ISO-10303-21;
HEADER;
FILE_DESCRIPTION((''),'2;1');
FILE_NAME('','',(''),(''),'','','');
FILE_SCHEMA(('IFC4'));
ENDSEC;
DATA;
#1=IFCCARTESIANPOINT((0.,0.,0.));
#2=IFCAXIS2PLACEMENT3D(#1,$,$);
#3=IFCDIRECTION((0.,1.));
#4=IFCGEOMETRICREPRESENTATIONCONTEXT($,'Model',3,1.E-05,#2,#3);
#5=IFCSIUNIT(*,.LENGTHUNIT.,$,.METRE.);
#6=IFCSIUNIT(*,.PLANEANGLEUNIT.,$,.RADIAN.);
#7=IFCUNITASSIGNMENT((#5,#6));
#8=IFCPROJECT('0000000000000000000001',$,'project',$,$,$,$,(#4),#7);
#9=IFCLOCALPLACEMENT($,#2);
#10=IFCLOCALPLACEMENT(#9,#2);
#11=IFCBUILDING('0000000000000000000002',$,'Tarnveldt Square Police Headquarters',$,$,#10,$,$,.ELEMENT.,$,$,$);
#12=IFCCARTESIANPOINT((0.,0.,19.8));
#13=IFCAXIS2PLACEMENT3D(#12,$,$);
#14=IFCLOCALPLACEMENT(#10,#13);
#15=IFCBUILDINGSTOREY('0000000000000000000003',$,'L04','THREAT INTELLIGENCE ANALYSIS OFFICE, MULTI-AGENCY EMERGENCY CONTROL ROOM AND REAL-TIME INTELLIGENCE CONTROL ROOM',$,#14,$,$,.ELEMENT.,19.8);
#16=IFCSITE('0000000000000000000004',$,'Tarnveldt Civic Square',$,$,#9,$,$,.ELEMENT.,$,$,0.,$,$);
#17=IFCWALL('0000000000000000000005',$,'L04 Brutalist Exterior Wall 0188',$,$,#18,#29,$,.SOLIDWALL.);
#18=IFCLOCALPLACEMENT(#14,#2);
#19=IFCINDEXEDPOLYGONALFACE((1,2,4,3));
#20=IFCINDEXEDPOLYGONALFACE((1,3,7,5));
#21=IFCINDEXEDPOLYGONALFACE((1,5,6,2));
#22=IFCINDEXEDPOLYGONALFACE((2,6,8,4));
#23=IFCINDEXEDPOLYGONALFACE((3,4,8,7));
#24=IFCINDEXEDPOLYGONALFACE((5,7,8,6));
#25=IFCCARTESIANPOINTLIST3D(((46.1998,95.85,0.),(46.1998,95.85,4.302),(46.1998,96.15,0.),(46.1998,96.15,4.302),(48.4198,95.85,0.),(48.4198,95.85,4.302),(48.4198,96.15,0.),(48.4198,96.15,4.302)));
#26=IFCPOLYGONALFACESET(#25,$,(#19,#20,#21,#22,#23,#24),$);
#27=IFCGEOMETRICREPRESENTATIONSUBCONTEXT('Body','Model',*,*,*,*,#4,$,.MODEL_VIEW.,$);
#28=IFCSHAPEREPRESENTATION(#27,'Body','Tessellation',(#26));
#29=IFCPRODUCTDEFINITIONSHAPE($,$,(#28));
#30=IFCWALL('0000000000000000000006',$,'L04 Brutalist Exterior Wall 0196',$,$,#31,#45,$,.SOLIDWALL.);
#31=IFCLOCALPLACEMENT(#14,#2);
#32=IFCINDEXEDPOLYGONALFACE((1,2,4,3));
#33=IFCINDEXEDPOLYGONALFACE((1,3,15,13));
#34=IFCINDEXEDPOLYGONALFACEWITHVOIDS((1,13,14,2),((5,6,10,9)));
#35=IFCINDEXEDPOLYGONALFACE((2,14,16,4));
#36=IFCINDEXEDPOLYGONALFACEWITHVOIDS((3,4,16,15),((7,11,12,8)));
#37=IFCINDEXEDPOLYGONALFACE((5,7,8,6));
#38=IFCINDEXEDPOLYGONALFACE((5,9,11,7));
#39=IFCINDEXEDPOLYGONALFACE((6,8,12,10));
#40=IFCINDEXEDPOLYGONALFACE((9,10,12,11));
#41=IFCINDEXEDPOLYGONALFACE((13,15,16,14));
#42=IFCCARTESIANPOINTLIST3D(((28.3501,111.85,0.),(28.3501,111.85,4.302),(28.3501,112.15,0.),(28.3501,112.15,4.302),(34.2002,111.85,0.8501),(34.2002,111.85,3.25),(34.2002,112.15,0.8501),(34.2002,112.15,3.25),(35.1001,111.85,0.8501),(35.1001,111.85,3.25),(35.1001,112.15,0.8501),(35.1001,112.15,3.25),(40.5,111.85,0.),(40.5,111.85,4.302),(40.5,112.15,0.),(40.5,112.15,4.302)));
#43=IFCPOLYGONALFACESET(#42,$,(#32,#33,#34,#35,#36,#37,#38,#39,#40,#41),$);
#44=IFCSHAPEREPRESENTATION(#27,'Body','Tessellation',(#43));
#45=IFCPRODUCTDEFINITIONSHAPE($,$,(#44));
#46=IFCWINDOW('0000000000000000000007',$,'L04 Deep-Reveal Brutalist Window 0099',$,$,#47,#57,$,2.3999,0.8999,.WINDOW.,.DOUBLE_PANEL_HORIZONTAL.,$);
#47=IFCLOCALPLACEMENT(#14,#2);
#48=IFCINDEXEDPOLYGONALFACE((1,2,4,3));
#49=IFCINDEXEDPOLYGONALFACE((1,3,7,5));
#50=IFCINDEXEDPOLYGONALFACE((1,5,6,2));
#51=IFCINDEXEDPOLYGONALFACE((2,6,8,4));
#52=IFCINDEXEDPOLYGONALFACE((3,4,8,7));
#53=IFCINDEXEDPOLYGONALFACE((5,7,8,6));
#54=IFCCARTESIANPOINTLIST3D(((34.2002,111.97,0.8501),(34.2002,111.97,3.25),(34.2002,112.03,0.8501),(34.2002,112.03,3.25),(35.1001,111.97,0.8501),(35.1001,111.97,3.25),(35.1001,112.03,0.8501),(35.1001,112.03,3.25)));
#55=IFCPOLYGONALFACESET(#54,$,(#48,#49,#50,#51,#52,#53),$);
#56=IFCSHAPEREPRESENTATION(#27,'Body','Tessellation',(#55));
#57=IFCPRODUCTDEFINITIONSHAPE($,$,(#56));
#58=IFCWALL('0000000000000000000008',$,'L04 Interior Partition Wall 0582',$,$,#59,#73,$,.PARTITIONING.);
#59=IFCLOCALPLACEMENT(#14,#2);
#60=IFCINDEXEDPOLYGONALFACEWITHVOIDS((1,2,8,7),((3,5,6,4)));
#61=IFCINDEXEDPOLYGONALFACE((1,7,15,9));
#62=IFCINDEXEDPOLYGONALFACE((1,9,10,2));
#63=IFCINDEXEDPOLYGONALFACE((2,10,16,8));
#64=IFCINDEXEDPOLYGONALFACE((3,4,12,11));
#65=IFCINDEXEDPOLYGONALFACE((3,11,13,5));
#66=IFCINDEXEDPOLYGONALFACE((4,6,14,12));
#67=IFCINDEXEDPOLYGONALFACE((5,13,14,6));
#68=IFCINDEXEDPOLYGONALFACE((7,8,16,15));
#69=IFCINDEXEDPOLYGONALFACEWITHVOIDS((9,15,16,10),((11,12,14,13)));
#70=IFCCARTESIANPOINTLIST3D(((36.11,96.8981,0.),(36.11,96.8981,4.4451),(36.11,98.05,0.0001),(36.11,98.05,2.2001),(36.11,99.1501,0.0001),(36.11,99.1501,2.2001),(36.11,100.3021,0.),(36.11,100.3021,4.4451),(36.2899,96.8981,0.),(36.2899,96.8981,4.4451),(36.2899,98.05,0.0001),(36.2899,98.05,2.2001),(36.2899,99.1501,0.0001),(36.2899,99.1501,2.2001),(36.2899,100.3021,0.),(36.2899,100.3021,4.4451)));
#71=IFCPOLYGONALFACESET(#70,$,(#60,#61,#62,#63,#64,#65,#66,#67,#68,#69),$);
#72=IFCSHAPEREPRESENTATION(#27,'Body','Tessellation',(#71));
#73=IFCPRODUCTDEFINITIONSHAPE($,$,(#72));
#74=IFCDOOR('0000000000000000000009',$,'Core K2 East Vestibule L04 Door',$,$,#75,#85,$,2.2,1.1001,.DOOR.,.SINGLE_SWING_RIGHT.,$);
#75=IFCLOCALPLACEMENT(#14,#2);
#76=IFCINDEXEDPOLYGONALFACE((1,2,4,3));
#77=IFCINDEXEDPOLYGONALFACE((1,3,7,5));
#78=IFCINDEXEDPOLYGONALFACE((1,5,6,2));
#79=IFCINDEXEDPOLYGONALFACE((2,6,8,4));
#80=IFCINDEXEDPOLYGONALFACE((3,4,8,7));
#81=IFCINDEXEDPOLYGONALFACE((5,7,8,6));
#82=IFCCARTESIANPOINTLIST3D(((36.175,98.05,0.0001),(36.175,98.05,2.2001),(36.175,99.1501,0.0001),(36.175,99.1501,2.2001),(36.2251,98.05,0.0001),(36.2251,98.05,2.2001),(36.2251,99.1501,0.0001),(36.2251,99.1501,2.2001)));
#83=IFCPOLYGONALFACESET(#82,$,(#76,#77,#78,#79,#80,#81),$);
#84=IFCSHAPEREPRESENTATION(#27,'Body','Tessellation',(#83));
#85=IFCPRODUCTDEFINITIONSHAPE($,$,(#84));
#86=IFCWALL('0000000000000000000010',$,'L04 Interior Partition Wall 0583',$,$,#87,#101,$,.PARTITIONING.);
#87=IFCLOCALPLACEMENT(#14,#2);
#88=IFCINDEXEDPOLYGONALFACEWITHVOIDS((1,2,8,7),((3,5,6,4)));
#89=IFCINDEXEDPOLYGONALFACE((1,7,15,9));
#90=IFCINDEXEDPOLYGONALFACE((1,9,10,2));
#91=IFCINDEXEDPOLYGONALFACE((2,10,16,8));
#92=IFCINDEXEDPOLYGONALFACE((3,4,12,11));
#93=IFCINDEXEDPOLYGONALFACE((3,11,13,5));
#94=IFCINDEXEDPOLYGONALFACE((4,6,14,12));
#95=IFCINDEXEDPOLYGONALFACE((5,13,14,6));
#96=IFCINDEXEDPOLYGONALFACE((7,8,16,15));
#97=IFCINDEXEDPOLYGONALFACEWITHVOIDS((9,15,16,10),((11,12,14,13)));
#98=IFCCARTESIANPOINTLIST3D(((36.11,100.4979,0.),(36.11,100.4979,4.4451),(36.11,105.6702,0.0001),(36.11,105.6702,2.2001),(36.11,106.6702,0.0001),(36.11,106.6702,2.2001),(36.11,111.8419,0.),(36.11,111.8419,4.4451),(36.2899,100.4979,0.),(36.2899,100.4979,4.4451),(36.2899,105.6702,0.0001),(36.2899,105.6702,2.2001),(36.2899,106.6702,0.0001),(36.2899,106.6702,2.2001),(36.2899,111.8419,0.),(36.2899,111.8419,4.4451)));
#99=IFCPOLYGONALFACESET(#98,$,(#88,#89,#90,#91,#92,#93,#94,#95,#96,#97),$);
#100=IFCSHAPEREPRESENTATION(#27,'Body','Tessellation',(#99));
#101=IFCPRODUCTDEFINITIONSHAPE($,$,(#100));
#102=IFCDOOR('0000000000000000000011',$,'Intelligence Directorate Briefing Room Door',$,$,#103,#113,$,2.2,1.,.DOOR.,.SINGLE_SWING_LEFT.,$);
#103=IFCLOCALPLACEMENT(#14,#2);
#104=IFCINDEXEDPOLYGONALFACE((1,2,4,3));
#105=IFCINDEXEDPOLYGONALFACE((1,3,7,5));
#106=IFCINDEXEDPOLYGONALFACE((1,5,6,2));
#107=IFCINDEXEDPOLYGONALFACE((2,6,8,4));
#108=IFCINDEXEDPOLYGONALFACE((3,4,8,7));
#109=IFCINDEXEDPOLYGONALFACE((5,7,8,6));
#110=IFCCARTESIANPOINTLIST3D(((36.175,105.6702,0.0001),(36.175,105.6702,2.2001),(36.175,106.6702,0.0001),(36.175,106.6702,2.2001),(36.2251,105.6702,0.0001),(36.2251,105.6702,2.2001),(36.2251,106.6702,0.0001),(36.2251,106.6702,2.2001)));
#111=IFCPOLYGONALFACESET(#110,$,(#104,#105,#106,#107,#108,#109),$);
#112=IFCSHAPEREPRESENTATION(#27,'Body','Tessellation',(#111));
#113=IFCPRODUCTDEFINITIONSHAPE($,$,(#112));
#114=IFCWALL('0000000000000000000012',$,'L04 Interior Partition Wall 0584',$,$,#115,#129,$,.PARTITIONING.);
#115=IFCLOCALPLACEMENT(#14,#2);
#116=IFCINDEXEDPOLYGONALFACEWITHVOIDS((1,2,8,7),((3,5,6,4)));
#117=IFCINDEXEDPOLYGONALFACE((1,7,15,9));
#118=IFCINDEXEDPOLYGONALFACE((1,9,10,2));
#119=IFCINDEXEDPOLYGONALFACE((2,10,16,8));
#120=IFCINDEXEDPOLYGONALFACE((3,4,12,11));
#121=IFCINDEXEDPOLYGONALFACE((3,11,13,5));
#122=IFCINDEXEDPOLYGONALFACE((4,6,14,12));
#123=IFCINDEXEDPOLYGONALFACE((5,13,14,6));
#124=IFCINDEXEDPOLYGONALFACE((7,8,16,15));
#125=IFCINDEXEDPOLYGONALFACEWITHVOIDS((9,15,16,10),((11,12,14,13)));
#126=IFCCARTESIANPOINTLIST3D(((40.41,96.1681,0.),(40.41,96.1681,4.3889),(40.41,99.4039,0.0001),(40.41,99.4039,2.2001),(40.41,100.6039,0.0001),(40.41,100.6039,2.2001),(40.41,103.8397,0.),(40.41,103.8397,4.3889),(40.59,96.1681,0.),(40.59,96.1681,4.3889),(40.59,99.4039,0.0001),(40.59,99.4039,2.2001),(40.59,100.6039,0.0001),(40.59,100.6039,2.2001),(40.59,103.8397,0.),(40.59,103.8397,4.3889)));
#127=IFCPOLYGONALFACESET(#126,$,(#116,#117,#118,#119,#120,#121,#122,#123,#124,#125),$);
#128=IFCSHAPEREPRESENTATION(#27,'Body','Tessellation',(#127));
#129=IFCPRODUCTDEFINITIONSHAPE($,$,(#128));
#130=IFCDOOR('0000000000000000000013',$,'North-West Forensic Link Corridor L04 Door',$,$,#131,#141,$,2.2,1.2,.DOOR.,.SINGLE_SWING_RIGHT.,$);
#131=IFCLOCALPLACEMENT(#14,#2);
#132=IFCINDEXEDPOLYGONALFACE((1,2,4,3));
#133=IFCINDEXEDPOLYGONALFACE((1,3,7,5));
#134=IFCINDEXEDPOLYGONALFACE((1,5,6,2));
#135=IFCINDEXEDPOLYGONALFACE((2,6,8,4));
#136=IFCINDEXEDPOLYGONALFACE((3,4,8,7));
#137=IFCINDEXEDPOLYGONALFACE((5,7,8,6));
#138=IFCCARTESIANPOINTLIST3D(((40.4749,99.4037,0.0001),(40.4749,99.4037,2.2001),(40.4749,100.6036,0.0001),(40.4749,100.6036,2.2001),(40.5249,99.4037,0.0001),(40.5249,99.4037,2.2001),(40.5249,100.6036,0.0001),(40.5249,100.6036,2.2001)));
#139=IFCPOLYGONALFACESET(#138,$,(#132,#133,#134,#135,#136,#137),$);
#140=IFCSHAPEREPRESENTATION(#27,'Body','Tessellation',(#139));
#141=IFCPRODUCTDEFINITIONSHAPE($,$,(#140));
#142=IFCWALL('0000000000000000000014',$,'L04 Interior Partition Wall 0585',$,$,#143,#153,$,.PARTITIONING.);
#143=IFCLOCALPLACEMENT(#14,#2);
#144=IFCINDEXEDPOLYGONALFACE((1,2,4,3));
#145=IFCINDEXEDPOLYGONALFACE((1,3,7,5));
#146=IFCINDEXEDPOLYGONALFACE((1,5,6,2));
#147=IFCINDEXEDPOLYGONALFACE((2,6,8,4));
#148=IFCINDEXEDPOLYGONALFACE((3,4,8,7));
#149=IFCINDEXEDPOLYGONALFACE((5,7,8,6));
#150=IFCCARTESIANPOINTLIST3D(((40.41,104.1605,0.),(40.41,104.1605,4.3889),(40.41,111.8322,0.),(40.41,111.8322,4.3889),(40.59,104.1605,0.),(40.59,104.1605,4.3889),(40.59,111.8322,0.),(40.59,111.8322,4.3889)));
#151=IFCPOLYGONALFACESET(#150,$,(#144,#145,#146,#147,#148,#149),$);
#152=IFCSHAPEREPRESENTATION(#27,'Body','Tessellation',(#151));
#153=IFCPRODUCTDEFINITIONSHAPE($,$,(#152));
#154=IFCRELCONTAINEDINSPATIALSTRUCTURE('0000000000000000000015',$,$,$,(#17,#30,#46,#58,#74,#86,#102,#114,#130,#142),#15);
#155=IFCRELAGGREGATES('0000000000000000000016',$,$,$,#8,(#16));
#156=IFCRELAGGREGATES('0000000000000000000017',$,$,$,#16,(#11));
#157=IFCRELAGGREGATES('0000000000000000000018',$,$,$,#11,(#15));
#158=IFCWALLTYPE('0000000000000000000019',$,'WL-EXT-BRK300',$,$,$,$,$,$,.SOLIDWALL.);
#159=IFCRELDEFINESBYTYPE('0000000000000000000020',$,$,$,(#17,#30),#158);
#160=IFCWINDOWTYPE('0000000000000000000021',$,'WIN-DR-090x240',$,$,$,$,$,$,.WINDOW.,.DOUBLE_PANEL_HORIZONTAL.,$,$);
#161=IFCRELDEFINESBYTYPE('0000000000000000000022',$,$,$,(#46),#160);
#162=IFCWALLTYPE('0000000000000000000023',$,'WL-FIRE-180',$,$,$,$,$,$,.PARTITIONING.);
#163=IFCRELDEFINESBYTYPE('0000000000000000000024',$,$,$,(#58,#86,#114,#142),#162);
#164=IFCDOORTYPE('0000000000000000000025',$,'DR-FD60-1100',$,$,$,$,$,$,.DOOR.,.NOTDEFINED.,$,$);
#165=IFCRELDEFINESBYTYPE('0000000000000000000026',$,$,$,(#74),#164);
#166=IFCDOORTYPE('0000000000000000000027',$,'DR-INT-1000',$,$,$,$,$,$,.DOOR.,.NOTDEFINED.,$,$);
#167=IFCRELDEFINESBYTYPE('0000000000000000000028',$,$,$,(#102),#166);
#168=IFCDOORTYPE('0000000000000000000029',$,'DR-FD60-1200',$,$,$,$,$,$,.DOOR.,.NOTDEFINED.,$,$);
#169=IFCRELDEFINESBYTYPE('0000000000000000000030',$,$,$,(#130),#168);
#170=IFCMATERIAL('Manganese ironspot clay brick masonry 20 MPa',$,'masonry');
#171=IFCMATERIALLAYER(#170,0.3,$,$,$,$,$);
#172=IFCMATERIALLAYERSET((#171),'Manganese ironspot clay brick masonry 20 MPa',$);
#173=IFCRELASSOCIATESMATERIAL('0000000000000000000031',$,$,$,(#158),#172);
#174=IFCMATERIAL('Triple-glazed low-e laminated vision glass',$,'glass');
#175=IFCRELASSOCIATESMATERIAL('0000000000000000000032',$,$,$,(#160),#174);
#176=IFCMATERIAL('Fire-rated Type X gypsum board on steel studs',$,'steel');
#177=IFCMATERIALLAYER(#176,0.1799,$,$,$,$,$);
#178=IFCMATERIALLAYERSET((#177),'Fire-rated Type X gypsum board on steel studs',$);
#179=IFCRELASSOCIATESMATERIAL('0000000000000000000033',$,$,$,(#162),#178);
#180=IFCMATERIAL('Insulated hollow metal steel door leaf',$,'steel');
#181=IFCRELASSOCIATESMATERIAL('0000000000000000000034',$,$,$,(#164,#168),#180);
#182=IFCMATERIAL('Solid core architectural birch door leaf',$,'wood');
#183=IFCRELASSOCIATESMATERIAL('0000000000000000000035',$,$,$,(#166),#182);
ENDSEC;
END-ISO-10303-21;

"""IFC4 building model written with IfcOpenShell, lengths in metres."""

from ifc_helpers import new_model, si_unit, direction, frame, frame_2d, origin, place, context, subcontext, project, spatial, rectangle, extrude, material, layer, layer_set, type_object, element, fill, save


model = new_model("IFC4")

# Units and contexts
model_context = context("Model", 3, precision=1e-05, world=origin(), true_north=direction((0.0, 1.0)))
body_context = subcontext(model_context, "Body", "Model", "MODEL_VIEW")
ifc_project = project(units=[si_unit("LENGTHUNIT", "METRE"), si_unit("PLANEANGLEUNIT", "RADIAN")], contexts=[model_context])

# Site, building, storey
site_placement = place(None, origin())
site = spatial("IfcSite", under=ifc_project, at=site_placement, Name="Tarnveldt Civic Square", CompositionType="ELEMENT", RefElevation=0.0)
building_placement = place(site_placement, origin())
building = spatial("IfcBuilding", under=site, at=building_placement, Name="Tarnveldt Square Police Headquarters", CompositionType="ELEMENT")
storey_placement = place(building_placement, frame((0.0, 0.0, 19.8)))
storey = spatial("IfcBuildingStorey", under=building, at=storey_placement, Name="L04", Description="THREAT INTELLIGENCE ANALYSIS OFFICE, MULTI-AGENCY EMERGENCY CONTROL ROOM AND REAL-TIME INTELLIGENCE CONTROL ROOM", CompositionType="ELEMENT", Elevation=19.8)

# Shared definitions
ifc_material_1 = material(Name="Triple-glazed low-e laminated vision glass", Category="glass")

# Wall
ifc_material_2 = material(Name="Manganese ironspot clay brick masonry 20 MPa", Category="masonry")
ifc_layer_1 = layer(ifc_material_2, 0.3)
ifc_layer_set_1 = layer_set([ifc_layer_1], Name="Manganese ironspot clay brick masonry 20 MPa")
wall_type_1 = type_object("IfcWallType", Name="WL-EXT-BRK300", PredefinedType="SOLIDWALL", material=ifc_layer_set_1)
wall_1_placement = place(storey_placement, frame((46.2, 96.0, 0.0), z_axis=(0.0, 0.0, 1.0), x_axis=(1.0, 0.0, 0.0)))
element("IfcWall", 1, at=wall_1_placement, inside=storey, type_object=wall_type_1, Name="L04 Brutalist Exterior Wall 0188", PredefinedType="SOLIDWALL", context=body_context, shape_type="SweptSolid", body=[
    extrude(rectangle(XDim=2.22, YDim=0.3, at=frame_2d((1.1099, 0.0))), origin(), (0.0, 0.0, 1.0), 4.302),
])

# Wall, opening, window
wall_2_placement = place(storey_placement, frame((40.5, 112.0, 0.0), z_axis=(0.0, 0.0, 1.0), x_axis=(-1.0, 0.0, 0.0)))
wall_2 = element("IfcWall", 2, at=wall_2_placement, inside=storey, type_object=wall_type_1, Name="L04 Brutalist Exterior Wall 0196", PredefinedType="SOLIDWALL", context=body_context, shape_type="SweptSolid", body=[
    extrude(rectangle(XDim=12.1499, YDim=0.3, at=frame_2d((6.075, 0.0))), origin(), (0.0, 0.0, 1.0), 4.302),
])
opening_1_placement = place(wall_2_placement, frame((5.3999, 0.0, 0.8501)))
opening_1 = element("IfcOpeningElement", 3, at=opening_1_placement, cuts=wall_2, PredefinedType="OPENING", context=body_context, shape_type="SweptSolid", body=[
    extrude(rectangle(XDim=0.8999, YDim=2.3999, at=frame_2d((0.45, 1.2))), frame((0.0, 0.1599, 0.0), z_axis=(0.0, -1.0, 0.0), x_axis=(1.0, 0.0, 0.0)), (0.0, 0.0, 1.0), 0.3201),
])
window_type_1 = type_object("IfcWindowType", Name="WIN-DR-090x240", PartitioningType="DOUBLE_PANEL_HORIZONTAL", PredefinedType="WINDOW", material=ifc_material_1)
window_1_placement = place(opening_1_placement, origin())
window_1 = element("IfcWindow", 4, at=window_1_placement, inside=storey, type_object=window_type_1, Name="L04 Deep-Reveal Brutalist Window 0099", OverallHeight=2.3999, OverallWidth=0.8999, PartitioningType="DOUBLE_PANEL_HORIZONTAL", PredefinedType="WINDOW", context=body_context, shape_type="SweptSolid", body=[
    extrude(rectangle(XDim=0.8999, YDim=2.3999, at=frame_2d((0.45, 1.2))), frame((0.0, 0.03, 0.0), z_axis=(0.0, -1.0, 0.0), x_axis=(1.0, 0.0, 0.0)), (0.0, 0.0, 1.0), 0.0601),
])
fill(opening_1, window_1)

# Walls, openings, doors
ifc_material_3 = material(Name="Fire-rated Type X gypsum board on steel studs", Category="steel")
ifc_layer_2 = layer(ifc_material_3, 0.1799)
ifc_layer_set_2 = layer_set([ifc_layer_2], Name="Fire-rated Type X gypsum board on steel studs")
wall_type_2 = type_object("IfcWallType", Name="WL-FIRE-180", PredefinedType="PARTITIONING", material=ifc_layer_set_2)
wall_3_placement = place(storey_placement, frame((36.2, 96.8979, 0.0), z_axis=(0.0, 0.0, 1.0), x_axis=(0.0, 1.0, 0.0)))
wall_3 = element("IfcWall", 5, at=wall_3_placement, inside=storey, type_object=wall_type_2, Name="L04 Interior Partition Wall 0582", PredefinedType="PARTITIONING", context=body_context, shape_type="SweptSolid", body=[
    extrude(rectangle(XDim=3.4041, YDim=0.1799, at=frame_2d((1.7021, 0.0))), origin(), (0.0, 0.0, 1.0), 4.4451),
])
opening_2_placement = place(wall_3_placement, frame((1.1521, 0.0, 0.0)))
opening_2 = element("IfcOpeningElement", 6, at=opening_2_placement, cuts=wall_3, PredefinedType="OPENING", context=body_context, shape_type="SweptSolid", body=[
    extrude(rectangle(XDim=1.1001, YDim=2.2, at=frame_2d((0.55, 1.1001))), frame((0.0, 0.0999, 0.0), z_axis=(0.0, -1.0, 0.0), x_axis=(1.0, 0.0, 0.0)), (0.0, 0.0, 1.0), 0.2),
])
ifc_material_4 = material(Name="Insulated hollow metal steel door leaf", Category="steel")
door_type_1 = type_object("IfcDoorType", Name="DR-FD60-1100", OperationType="NOTDEFINED", PredefinedType="DOOR", material=ifc_material_4)
door_1_placement = place(opening_2_placement, origin())
door_1 = element("IfcDoor", 7, at=door_1_placement, inside=storey, type_object=door_type_1, Name="Core K2 East Vestibule L04 Door", OperationType="SINGLE_SWING_RIGHT", OverallHeight=2.2, OverallWidth=1.1001, PredefinedType="DOOR", context=body_context, shape_type="SweptSolid", body=[
    extrude(rectangle(XDim=1.1001, YDim=2.2, at=frame_2d((0.55, 1.1001))), frame((0.0, 0.0249, 0.0), z_axis=(0.0, -1.0, 0.0), x_axis=(1.0, 0.0, 0.0)), (0.0, 0.0, 1.0), 0.05),
])
fill(opening_2, door_1)
wall_4_placement = place(storey_placement, frame((36.2, 100.498, 0.0), z_axis=(0.0, 0.0, 1.0), x_axis=(0.0, 1.0, 0.0)))
wall_4 = element("IfcWall", 8, at=wall_4_placement, inside=storey, type_object=wall_type_2, Name="L04 Interior Partition Wall 0583", PredefinedType="PARTITIONING", context=body_context, shape_type="SweptSolid", body=[
    extrude(rectangle(XDim=11.344, YDim=0.1799, at=frame_2d((5.6719, 0.0))), origin(), (0.0, 0.0, 1.0), 4.4451),
])
opening_3_placement = place(wall_4_placement, frame((5.1721, 0.0, 0.0)))
opening_3 = element("IfcOpeningElement", 9, at=opening_3_placement, cuts=wall_4, PredefinedType="OPENING", context=body_context, shape_type="SweptSolid", body=[
    extrude(rectangle(XDim=1.0, YDim=2.2, at=frame_2d((0.5, 1.1001))), frame((0.0, 0.0999, 0.0), z_axis=(0.0, -1.0, 0.0), x_axis=(1.0, 0.0, 0.0)), (0.0, 0.0, 1.0), 0.2),
])
ifc_material_5 = material(Name="Solid core architectural birch door leaf", Category="wood")
door_type_2 = type_object("IfcDoorType", Name="DR-INT-1000", OperationType="NOTDEFINED", PredefinedType="DOOR", material=ifc_material_5)
door_2_placement = place(opening_3_placement, origin())
door_2 = element("IfcDoor", 10, at=door_2_placement, inside=storey, type_object=door_type_2, Name="Intelligence Directorate Briefing Room Door", OperationType="SINGLE_SWING_LEFT", OverallHeight=2.2, OverallWidth=1.0, PredefinedType="DOOR", context=body_context, shape_type="SweptSolid", body=[
    extrude(rectangle(XDim=1.0, YDim=2.2, at=frame_2d((0.5, 1.1001))), frame((0.0, 0.0249, 0.0), z_axis=(0.0, -1.0, 0.0), x_axis=(1.0, 0.0, 0.0)), (0.0, 0.0, 1.0), 0.05),
])
fill(opening_3, door_2)
wall_5_placement = place(storey_placement, frame((40.5, 96.168, 0.0), z_axis=(0.0, 0.0, 1.0), x_axis=(0.0, 1.0, 0.0)))
wall_5 = element("IfcWall", 11, at=wall_5_placement, inside=storey, type_object=wall_type_2, Name="L04 Interior Partition Wall 0584", PredefinedType="PARTITIONING", context=body_context, shape_type="SweptSolid", body=[
    extrude(rectangle(XDim=7.6716, YDim=0.1799, at=frame_2d((3.8359, 0.0))), origin(), (0.0, 0.0, 1.0), 4.3889),
])
opening_4_placement = place(wall_5_placement, frame((3.2358, 0.0, 0.0)))
opening_4 = element("IfcOpeningElement", 12, at=opening_4_placement, cuts=wall_5, PredefinedType="OPENING", context=body_context, shape_type="SweptSolid", body=[
    extrude(rectangle(XDim=1.2, YDim=2.2, at=frame_2d((0.6001, 1.1001))), frame((0.0, 0.0999, 0.0), z_axis=(0.0, -1.0, 0.0), x_axis=(1.0, 0.0, 0.0)), (0.0, 0.0, 1.0), 0.2),
])
door_type_3 = type_object("IfcDoorType", Name="DR-FD60-1200", OperationType="NOTDEFINED", PredefinedType="DOOR", material=ifc_material_4)
door_3_placement = place(opening_4_placement, frame((1.2, 0.0, 0.0), z_axis=(0.0, 0.0, 1.0), x_axis=(-1.0, 0.0, 0.0)))
door_3 = element("IfcDoor", 13, at=door_3_placement, inside=storey, type_object=door_type_3, Name="North-West Forensic Link Corridor L04 Door", OperationType="SINGLE_SWING_RIGHT", OverallHeight=2.2, OverallWidth=1.2, PredefinedType="DOOR", context=body_context, shape_type="SweptSolid", body=[
    extrude(rectangle(XDim=1.2, YDim=2.2, at=frame_2d((0.6001, 1.1001))), frame((0.0, 0.0249, 0.0), z_axis=(0.0, -1.0, 0.0), x_axis=(1.0, 0.0, 0.0)), (0.0, 0.0, 1.0), 0.05),
])
fill(opening_4, door_3)

# Wall
wall_6_placement = place(storey_placement, frame((40.5, 104.1604, 0.0), z_axis=(0.0, 0.0, 1.0), x_axis=(0.0, 1.0, 0.0)))
element("IfcWall", 14, at=wall_6_placement, inside=storey, type_object=wall_type_2, Name="L04 Interior Partition Wall 0585", PredefinedType="PARTITIONING", context=body_context, shape_type="SweptSolid", body=[
    extrude(rectangle(XDim=7.6716, YDim=0.1799, at=frame_2d((3.8359, 0.0))), origin(), (0.0, 0.0, 1.0), 4.3889),
])

save(model, "model.ifc")
